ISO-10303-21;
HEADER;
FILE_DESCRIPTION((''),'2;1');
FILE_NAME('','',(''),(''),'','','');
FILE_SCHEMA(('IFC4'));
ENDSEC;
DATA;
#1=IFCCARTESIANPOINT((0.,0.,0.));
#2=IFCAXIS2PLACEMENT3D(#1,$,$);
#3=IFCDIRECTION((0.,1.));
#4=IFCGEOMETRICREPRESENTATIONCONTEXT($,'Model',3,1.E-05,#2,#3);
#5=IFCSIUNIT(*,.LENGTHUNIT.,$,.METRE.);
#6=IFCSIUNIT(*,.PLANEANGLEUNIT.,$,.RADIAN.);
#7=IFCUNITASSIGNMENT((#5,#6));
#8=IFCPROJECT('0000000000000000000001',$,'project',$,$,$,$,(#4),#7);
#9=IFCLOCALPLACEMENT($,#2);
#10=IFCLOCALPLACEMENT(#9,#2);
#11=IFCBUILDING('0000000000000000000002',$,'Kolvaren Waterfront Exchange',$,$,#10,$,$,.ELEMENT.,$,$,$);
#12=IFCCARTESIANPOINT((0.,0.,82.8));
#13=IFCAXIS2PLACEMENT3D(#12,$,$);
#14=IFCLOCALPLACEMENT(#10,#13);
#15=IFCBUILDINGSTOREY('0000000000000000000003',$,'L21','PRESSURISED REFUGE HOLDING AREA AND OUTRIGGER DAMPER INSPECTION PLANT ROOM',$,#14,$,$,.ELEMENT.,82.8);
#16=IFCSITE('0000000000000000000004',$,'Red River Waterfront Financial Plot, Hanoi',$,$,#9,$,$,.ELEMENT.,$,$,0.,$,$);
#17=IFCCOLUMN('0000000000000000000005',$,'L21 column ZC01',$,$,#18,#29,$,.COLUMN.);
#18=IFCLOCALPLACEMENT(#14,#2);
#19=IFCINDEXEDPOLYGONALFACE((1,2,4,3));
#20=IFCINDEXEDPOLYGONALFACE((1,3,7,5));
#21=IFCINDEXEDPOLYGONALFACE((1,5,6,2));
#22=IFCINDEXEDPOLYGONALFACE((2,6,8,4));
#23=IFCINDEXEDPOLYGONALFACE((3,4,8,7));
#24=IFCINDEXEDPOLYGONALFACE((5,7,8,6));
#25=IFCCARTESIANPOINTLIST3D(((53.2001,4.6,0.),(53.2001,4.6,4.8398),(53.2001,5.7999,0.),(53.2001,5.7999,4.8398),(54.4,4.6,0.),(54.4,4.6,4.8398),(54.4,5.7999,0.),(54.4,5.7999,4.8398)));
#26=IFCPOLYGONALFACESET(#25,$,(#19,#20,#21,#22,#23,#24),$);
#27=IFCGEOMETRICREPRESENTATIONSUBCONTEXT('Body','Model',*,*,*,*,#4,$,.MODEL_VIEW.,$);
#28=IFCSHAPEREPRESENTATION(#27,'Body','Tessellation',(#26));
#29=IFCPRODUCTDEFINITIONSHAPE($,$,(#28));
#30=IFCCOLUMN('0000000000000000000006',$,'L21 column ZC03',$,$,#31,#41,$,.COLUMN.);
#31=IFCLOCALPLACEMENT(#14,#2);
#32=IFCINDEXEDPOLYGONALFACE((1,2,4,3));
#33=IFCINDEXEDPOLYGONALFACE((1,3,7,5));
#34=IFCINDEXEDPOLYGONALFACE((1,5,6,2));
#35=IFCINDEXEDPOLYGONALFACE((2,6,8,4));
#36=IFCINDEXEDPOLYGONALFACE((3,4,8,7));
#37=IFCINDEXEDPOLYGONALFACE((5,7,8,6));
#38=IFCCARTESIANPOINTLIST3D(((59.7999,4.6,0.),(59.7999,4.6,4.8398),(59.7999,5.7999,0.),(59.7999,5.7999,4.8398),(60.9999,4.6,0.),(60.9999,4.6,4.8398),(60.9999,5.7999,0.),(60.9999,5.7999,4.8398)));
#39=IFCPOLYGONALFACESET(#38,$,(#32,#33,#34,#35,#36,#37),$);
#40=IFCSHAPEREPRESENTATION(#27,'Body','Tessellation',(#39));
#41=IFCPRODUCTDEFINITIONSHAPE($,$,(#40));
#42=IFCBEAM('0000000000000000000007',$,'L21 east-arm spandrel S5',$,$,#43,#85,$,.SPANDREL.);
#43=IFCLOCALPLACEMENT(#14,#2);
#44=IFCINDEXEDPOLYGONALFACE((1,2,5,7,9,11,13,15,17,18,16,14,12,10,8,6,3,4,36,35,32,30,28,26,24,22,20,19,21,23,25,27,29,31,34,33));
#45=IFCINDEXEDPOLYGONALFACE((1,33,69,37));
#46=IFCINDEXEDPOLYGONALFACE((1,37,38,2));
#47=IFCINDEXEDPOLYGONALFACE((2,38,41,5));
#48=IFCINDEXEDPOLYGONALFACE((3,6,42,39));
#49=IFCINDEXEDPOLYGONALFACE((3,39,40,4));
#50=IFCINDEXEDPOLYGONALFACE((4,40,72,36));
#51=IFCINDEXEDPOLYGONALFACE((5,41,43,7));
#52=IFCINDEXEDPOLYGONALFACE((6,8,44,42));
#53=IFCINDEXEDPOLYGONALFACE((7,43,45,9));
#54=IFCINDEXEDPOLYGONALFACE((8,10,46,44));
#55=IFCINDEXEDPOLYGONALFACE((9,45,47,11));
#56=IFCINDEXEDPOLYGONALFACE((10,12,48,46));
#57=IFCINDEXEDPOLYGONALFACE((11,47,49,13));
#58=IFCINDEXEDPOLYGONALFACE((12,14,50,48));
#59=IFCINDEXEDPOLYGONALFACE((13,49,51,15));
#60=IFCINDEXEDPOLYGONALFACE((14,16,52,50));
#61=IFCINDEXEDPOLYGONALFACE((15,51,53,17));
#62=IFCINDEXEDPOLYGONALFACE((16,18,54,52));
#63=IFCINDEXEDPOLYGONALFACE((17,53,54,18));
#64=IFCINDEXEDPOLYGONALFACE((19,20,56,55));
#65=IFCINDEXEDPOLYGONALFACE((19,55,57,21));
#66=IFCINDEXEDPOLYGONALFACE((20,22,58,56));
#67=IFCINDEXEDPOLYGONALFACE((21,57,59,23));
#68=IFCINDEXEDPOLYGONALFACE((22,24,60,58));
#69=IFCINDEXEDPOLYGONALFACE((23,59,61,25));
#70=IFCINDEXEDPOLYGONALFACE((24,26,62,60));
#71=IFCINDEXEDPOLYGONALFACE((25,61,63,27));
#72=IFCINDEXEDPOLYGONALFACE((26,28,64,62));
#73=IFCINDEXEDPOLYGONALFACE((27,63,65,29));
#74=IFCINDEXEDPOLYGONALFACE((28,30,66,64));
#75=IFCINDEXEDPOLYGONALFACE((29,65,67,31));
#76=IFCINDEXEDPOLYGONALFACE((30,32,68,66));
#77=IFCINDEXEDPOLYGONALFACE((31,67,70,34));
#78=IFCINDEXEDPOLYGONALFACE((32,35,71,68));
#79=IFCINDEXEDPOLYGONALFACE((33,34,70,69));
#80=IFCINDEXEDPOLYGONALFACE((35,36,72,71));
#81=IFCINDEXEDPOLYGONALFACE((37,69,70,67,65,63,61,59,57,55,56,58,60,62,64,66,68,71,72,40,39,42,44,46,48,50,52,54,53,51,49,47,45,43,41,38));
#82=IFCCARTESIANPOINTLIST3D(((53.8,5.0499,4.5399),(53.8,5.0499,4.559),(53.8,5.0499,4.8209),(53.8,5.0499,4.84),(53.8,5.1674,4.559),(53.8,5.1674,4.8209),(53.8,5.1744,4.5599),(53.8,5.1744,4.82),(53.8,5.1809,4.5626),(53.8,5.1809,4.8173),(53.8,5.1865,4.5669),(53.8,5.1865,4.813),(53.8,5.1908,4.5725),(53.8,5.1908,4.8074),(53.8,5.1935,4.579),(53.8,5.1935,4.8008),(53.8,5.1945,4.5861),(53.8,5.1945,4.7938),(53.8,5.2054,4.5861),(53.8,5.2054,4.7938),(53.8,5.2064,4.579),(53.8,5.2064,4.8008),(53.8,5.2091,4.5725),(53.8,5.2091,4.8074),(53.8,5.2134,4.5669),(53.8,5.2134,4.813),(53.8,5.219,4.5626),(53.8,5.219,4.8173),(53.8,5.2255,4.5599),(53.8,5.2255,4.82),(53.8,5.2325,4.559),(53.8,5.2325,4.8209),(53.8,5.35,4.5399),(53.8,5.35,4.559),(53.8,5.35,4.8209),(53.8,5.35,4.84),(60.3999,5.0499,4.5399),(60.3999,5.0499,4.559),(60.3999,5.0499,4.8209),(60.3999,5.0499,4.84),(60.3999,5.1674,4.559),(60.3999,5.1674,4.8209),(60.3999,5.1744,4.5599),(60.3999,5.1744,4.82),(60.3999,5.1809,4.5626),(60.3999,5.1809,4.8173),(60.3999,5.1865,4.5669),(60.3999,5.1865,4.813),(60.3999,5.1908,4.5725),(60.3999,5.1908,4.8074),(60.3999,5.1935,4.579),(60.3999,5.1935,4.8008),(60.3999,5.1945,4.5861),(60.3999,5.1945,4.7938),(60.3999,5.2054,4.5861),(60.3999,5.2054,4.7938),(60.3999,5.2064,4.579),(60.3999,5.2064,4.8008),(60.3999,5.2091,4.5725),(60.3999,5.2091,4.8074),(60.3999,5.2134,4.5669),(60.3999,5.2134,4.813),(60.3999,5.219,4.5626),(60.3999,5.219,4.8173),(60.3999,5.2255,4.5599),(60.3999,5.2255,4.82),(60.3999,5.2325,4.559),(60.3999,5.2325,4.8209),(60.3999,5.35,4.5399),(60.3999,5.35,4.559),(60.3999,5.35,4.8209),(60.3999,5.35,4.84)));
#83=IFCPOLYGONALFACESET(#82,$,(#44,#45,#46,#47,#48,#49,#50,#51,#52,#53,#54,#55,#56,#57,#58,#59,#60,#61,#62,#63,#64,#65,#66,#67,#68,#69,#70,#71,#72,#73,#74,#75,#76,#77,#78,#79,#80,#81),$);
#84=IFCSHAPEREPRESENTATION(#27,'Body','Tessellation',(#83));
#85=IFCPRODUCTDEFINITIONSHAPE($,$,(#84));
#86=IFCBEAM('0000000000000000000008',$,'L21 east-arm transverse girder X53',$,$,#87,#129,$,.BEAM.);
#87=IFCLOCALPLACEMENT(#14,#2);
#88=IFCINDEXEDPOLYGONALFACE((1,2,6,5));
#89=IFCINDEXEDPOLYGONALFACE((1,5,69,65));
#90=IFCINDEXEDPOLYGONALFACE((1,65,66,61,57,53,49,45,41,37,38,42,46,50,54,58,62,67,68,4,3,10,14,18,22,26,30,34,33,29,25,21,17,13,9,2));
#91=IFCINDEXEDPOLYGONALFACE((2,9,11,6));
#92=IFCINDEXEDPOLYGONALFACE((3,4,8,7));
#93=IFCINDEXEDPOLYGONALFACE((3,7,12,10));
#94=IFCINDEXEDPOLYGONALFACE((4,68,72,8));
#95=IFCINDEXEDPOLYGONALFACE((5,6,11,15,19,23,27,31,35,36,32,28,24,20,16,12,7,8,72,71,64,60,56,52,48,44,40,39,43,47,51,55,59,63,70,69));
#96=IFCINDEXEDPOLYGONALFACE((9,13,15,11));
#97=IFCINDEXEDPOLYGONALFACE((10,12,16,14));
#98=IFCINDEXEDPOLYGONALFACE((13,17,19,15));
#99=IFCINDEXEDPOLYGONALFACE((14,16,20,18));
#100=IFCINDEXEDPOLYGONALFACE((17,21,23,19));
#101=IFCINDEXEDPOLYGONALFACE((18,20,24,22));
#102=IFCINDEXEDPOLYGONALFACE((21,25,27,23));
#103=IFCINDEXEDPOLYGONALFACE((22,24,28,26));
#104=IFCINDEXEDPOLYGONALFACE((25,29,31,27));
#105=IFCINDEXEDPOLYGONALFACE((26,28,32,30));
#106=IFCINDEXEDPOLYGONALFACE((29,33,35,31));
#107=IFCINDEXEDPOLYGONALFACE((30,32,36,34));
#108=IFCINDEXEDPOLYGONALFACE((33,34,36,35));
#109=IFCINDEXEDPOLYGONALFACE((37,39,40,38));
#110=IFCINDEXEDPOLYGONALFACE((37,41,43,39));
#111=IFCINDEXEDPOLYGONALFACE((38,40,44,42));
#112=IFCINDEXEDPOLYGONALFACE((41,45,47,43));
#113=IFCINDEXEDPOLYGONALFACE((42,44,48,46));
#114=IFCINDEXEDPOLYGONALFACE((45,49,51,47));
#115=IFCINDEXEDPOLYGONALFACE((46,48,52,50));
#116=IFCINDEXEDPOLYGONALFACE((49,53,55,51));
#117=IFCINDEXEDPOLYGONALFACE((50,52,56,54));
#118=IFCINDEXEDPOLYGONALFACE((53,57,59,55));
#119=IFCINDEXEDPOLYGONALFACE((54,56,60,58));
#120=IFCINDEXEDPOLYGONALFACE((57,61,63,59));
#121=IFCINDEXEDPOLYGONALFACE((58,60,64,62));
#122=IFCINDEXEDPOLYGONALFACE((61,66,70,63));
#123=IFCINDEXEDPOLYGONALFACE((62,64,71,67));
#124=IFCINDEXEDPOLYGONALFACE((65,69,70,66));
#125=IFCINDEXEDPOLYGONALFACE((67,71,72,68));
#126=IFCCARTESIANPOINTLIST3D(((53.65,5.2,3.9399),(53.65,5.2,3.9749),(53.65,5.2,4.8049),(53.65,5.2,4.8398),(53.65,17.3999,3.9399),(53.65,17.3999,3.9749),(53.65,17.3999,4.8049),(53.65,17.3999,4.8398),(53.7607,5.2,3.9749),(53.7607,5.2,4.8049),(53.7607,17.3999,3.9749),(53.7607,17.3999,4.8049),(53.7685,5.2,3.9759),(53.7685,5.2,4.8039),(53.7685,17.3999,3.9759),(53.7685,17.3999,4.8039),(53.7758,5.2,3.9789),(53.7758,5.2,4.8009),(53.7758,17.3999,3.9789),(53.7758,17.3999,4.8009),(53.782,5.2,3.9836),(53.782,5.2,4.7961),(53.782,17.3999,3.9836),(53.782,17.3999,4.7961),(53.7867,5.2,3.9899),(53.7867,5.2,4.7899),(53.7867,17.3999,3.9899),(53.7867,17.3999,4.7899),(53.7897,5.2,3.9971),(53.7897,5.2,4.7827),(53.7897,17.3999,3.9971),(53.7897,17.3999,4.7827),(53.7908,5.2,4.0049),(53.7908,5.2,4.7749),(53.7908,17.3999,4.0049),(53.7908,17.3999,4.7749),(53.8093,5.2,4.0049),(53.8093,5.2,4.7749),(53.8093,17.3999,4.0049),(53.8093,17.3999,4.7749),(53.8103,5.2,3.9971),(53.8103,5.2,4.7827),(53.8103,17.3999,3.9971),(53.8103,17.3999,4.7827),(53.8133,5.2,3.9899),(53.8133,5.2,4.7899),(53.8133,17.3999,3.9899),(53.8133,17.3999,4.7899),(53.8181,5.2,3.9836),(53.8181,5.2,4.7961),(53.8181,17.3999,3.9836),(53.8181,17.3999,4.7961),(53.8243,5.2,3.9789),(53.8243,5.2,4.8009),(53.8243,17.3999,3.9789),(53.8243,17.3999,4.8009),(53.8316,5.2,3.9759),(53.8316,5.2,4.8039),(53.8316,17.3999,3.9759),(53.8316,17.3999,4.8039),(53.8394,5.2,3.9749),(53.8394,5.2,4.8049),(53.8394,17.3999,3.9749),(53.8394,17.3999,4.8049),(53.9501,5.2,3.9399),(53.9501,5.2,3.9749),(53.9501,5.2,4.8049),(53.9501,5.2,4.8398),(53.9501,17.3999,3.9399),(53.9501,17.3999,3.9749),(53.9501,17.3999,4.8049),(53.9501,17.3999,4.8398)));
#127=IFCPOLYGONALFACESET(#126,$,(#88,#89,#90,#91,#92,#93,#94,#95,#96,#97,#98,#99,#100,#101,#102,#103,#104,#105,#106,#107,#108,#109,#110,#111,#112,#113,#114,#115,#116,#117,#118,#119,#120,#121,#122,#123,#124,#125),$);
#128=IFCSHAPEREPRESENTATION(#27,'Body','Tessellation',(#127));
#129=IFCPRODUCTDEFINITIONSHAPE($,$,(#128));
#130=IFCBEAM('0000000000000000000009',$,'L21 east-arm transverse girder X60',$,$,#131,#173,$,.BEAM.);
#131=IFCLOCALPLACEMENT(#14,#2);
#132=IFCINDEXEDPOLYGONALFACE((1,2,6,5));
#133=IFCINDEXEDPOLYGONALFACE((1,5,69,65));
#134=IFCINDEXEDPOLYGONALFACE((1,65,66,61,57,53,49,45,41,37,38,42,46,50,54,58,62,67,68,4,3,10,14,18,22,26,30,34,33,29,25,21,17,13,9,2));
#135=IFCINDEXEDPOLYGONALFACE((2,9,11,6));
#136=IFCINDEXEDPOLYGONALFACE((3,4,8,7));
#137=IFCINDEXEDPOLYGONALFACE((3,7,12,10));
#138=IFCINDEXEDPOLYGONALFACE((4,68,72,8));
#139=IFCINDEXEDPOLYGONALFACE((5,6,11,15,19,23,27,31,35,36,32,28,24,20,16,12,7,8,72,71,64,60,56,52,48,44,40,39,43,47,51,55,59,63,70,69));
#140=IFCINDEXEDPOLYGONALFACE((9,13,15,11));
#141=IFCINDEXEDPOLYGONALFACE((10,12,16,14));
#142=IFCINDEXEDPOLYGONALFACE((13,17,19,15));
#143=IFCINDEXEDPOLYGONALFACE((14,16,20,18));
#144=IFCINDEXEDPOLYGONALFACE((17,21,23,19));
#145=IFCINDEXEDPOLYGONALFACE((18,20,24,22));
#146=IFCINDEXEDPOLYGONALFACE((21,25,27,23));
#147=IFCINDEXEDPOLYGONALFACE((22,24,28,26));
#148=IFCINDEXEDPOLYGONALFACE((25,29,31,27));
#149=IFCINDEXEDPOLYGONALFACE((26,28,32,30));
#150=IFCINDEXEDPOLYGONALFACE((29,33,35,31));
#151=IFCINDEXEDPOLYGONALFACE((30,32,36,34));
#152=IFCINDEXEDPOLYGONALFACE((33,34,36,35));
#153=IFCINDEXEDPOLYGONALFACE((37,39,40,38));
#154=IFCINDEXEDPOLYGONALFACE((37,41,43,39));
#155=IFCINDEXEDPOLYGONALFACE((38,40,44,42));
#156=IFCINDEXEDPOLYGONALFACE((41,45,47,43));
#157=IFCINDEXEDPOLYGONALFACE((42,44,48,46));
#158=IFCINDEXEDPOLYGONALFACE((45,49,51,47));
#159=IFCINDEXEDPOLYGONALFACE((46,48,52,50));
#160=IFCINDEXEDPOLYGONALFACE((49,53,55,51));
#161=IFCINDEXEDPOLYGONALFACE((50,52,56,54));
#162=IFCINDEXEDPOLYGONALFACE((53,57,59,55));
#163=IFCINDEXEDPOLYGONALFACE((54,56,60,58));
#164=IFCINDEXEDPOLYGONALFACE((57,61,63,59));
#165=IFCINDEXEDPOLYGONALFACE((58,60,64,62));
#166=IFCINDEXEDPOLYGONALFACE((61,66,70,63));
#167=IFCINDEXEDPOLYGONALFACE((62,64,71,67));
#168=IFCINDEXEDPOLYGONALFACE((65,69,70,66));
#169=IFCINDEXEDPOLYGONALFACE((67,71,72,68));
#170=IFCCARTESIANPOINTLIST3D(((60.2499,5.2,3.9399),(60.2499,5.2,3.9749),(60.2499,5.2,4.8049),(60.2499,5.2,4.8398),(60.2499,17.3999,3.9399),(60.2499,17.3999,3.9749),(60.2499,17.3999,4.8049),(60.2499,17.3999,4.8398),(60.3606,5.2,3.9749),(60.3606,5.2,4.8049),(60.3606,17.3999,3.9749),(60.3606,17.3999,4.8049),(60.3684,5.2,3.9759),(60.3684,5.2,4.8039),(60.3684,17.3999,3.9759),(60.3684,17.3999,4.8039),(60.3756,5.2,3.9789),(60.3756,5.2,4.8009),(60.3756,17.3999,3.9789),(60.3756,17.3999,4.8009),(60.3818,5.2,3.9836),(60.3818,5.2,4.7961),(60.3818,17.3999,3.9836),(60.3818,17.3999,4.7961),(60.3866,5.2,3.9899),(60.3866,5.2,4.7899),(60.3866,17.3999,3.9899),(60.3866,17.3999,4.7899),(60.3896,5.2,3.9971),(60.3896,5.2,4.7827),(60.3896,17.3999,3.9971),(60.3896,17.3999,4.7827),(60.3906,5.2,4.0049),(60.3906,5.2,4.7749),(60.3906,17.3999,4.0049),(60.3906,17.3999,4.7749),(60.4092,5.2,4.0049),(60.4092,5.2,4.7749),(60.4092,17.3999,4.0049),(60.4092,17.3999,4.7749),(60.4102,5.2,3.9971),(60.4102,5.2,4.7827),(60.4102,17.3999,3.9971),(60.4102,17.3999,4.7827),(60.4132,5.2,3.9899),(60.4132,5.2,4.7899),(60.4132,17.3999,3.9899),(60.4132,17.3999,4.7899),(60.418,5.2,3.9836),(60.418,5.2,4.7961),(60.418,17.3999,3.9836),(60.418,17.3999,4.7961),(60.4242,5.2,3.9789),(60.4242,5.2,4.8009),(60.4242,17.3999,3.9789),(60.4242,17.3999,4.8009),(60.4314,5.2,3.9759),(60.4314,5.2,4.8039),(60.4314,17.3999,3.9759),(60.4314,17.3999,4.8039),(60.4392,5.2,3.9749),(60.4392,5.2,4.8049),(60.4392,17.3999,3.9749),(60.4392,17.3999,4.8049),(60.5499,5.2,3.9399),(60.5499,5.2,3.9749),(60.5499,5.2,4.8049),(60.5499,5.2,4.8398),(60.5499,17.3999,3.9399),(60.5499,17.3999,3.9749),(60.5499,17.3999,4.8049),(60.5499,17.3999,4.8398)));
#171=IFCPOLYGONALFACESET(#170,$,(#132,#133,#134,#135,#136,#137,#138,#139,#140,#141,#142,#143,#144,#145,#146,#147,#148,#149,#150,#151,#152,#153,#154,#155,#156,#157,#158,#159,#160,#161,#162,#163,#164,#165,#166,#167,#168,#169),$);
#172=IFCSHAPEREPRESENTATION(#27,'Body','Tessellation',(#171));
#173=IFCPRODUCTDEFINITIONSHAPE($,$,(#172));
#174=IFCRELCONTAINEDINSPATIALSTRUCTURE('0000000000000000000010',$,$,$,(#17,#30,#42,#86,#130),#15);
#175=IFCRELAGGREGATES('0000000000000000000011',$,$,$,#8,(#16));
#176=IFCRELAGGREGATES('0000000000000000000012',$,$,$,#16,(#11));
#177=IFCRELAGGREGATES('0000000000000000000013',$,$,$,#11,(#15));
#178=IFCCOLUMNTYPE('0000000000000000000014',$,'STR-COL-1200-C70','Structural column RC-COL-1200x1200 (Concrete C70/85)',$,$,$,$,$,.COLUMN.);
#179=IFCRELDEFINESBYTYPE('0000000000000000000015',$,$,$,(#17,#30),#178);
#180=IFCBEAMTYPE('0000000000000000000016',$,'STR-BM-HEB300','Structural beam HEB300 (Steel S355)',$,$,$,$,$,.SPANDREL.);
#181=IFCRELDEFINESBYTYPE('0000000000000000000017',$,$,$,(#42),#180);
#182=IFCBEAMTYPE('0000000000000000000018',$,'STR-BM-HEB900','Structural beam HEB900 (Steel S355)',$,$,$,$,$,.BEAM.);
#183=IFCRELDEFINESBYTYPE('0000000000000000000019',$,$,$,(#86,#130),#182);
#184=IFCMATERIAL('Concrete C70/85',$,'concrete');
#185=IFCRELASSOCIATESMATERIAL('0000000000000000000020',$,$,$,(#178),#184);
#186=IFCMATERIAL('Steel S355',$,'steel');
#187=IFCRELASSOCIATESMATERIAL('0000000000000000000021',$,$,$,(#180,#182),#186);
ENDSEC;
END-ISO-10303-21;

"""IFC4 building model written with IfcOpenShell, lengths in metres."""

from ifc_helpers import new_model, si_unit, direction, frame, origin, origin_2d, place, context, subcontext, project, spatial, rectangle, i_section, extrude, material, material_profile, profile_set, type_object, element, save


model = new_model("IFC4")

# Units and contexts
model_context = context("Model", 3, precision=1e-05, world=origin(), true_north=direction((0.0, 1.0)))
body_context = subcontext(model_context, "Body", "Model", "MODEL_VIEW")
ifc_project = project(units=[si_unit("LENGTHUNIT", "METRE"), si_unit("PLANEANGLEUNIT", "RADIAN")], contexts=[model_context])

# Site, building, storey
site_placement = place(None, origin())
site = spatial("IfcSite", under=ifc_project, at=site_placement, Name="Red River Waterfront Financial Plot, Hanoi", CompositionType="ELEMENT", RefElevation=0.0)
building_placement = place(site_placement, origin())
building = spatial("IfcBuilding", under=site, at=building_placement, Name="Kolvaren Waterfront Exchange", CompositionType="ELEMENT")
storey_placement = place(building_placement, frame((0.0, 0.0, 82.8)))
storey = spatial("IfcBuildingStorey", under=building, at=storey_placement, Name="L21", Description="PRESSURISED REFUGE HOLDING AREA AND OUTRIGGER DAMPER INSPECTION PLANT ROOM", CompositionType="ELEMENT", Elevation=82.8)

# Columns
ifc_material_1 = material(Name="Concrete C70/85", Category="concrete")
ifc_material_profile_1 = material_profile(ifc_material_1, rectangle(XDim=1.2, YDim=1.2, at=origin_2d()), Name="RC-COL-1200x1200")
ifc_profile_set_1 = profile_set([ifc_material_profile_1], Name="Concrete C70/85")
column_type = type_object("IfcColumnType", Name="STR-COL-1200-C70", Description="Structural column RC-COL-1200x1200 (Concrete C70/85)", PredefinedType="COLUMN", material=ifc_profile_set_1)
for number, where, z_axis, x_axis, name in (
    (1, (53.8, 5.2, 0.0), (0.0, 0.0, 1.0), (1.0, 0.0, 0.0), "L21 column ZC01"),
    (2, (60.3999, 5.2, 0.0), (0.0, 0.0, 1.0), (1.0, 0.0, 0.0), "L21 column ZC03"),
):
    element("IfcColumn", number, at=place(storey_placement, frame(where, z_axis=z_axis, x_axis=x_axis)), inside=storey, type_object=column_type, Name=name, PredefinedType="COLUMN", context=body_context, shape_type="SweptSolid", body=[
        extrude(rectangle(XDim=1.2, YDim=1.2, at=origin_2d()), origin(), (0.0, 0.0, 1.0), 4.8398),
    ])

# Beams
ifc_material_2 = material(Name="Steel S355", Category="steel")
ifc_material_profile_2 = material_profile(ifc_material_2, i_section(OverallWidth=0.3, OverallDepth=0.3, WebThickness=0.011, FlangeThickness=0.019, FilletRadius=0.0271, at=origin_2d()), Name="HEB300")
ifc_profile_set_2 = profile_set([ifc_material_profile_2], Name="Steel S355")
beam_type_1 = type_object("IfcBeamType", Name="STR-BM-HEB300", Description="Structural beam HEB300 (Steel S355)", PredefinedType="SPANDREL", material=ifc_profile_set_2)
beam_placement = place(storey_placement, frame((53.8, 5.2, 4.6899), z_axis=(1.0, 0.0, 0.0), x_axis=(0.0, 1.0, 0.0)))
element("IfcBeam", 3, at=beam_placement, inside=storey, type_object=beam_type_1, Name="L21 east-arm spandrel S5", PredefinedType="SPANDREL", context=body_context, shape_type="SweptSolid", body=[
    extrude(i_section(OverallWidth=0.3, OverallDepth=0.3, WebThickness=0.011, FlangeThickness=0.019, FilletRadius=0.0271, at=origin_2d()), origin(), (0.0, 0.0, 1.0), 6.5999),
])
ifc_material_profile_3 = material_profile(ifc_material_2, i_section(OverallWidth=0.3, OverallDepth=0.8999, WebThickness=0.0186, FlangeThickness=0.0349, FilletRadius=0.03, at=origin_2d()), Name="HEB900")
ifc_profile_set_3 = profile_set([ifc_material_profile_3], Name="Steel S355")
beam_type_2 = type_object("IfcBeamType", Name="STR-BM-HEB900", Description="Structural beam HEB900 (Steel S355)", PredefinedType="BEAM", material=ifc_profile_set_3)
for number, where, z_axis, x_axis, name in (
    (4, (53.8, 5.2, 4.3899), (0.0, 1.0, 0.0), (-1.0, 0.0, 0.0), "L21 east-arm transverse girder X53"),
    (5, (60.3999, 5.2, 4.3899), (0.0, 1.0, 0.0), (-1.0, 0.0, 0.0), "L21 east-arm transverse girder X60"),
):
    element("IfcBeam", number, at=place(storey_placement, frame(where, z_axis=z_axis, x_axis=x_axis)), inside=storey, type_object=beam_type_2, Name=name, PredefinedType="BEAM", context=body_context, shape_type="SweptSolid", body=[
        extrude(i_section(OverallWidth=0.3, OverallDepth=0.8999, WebThickness=0.0186, FlangeThickness=0.0349, FilletRadius=0.03, at=origin_2d()), origin(), (0.0, 0.0, 1.0), 12.2),
    ])

save(model, "model.ifc")
